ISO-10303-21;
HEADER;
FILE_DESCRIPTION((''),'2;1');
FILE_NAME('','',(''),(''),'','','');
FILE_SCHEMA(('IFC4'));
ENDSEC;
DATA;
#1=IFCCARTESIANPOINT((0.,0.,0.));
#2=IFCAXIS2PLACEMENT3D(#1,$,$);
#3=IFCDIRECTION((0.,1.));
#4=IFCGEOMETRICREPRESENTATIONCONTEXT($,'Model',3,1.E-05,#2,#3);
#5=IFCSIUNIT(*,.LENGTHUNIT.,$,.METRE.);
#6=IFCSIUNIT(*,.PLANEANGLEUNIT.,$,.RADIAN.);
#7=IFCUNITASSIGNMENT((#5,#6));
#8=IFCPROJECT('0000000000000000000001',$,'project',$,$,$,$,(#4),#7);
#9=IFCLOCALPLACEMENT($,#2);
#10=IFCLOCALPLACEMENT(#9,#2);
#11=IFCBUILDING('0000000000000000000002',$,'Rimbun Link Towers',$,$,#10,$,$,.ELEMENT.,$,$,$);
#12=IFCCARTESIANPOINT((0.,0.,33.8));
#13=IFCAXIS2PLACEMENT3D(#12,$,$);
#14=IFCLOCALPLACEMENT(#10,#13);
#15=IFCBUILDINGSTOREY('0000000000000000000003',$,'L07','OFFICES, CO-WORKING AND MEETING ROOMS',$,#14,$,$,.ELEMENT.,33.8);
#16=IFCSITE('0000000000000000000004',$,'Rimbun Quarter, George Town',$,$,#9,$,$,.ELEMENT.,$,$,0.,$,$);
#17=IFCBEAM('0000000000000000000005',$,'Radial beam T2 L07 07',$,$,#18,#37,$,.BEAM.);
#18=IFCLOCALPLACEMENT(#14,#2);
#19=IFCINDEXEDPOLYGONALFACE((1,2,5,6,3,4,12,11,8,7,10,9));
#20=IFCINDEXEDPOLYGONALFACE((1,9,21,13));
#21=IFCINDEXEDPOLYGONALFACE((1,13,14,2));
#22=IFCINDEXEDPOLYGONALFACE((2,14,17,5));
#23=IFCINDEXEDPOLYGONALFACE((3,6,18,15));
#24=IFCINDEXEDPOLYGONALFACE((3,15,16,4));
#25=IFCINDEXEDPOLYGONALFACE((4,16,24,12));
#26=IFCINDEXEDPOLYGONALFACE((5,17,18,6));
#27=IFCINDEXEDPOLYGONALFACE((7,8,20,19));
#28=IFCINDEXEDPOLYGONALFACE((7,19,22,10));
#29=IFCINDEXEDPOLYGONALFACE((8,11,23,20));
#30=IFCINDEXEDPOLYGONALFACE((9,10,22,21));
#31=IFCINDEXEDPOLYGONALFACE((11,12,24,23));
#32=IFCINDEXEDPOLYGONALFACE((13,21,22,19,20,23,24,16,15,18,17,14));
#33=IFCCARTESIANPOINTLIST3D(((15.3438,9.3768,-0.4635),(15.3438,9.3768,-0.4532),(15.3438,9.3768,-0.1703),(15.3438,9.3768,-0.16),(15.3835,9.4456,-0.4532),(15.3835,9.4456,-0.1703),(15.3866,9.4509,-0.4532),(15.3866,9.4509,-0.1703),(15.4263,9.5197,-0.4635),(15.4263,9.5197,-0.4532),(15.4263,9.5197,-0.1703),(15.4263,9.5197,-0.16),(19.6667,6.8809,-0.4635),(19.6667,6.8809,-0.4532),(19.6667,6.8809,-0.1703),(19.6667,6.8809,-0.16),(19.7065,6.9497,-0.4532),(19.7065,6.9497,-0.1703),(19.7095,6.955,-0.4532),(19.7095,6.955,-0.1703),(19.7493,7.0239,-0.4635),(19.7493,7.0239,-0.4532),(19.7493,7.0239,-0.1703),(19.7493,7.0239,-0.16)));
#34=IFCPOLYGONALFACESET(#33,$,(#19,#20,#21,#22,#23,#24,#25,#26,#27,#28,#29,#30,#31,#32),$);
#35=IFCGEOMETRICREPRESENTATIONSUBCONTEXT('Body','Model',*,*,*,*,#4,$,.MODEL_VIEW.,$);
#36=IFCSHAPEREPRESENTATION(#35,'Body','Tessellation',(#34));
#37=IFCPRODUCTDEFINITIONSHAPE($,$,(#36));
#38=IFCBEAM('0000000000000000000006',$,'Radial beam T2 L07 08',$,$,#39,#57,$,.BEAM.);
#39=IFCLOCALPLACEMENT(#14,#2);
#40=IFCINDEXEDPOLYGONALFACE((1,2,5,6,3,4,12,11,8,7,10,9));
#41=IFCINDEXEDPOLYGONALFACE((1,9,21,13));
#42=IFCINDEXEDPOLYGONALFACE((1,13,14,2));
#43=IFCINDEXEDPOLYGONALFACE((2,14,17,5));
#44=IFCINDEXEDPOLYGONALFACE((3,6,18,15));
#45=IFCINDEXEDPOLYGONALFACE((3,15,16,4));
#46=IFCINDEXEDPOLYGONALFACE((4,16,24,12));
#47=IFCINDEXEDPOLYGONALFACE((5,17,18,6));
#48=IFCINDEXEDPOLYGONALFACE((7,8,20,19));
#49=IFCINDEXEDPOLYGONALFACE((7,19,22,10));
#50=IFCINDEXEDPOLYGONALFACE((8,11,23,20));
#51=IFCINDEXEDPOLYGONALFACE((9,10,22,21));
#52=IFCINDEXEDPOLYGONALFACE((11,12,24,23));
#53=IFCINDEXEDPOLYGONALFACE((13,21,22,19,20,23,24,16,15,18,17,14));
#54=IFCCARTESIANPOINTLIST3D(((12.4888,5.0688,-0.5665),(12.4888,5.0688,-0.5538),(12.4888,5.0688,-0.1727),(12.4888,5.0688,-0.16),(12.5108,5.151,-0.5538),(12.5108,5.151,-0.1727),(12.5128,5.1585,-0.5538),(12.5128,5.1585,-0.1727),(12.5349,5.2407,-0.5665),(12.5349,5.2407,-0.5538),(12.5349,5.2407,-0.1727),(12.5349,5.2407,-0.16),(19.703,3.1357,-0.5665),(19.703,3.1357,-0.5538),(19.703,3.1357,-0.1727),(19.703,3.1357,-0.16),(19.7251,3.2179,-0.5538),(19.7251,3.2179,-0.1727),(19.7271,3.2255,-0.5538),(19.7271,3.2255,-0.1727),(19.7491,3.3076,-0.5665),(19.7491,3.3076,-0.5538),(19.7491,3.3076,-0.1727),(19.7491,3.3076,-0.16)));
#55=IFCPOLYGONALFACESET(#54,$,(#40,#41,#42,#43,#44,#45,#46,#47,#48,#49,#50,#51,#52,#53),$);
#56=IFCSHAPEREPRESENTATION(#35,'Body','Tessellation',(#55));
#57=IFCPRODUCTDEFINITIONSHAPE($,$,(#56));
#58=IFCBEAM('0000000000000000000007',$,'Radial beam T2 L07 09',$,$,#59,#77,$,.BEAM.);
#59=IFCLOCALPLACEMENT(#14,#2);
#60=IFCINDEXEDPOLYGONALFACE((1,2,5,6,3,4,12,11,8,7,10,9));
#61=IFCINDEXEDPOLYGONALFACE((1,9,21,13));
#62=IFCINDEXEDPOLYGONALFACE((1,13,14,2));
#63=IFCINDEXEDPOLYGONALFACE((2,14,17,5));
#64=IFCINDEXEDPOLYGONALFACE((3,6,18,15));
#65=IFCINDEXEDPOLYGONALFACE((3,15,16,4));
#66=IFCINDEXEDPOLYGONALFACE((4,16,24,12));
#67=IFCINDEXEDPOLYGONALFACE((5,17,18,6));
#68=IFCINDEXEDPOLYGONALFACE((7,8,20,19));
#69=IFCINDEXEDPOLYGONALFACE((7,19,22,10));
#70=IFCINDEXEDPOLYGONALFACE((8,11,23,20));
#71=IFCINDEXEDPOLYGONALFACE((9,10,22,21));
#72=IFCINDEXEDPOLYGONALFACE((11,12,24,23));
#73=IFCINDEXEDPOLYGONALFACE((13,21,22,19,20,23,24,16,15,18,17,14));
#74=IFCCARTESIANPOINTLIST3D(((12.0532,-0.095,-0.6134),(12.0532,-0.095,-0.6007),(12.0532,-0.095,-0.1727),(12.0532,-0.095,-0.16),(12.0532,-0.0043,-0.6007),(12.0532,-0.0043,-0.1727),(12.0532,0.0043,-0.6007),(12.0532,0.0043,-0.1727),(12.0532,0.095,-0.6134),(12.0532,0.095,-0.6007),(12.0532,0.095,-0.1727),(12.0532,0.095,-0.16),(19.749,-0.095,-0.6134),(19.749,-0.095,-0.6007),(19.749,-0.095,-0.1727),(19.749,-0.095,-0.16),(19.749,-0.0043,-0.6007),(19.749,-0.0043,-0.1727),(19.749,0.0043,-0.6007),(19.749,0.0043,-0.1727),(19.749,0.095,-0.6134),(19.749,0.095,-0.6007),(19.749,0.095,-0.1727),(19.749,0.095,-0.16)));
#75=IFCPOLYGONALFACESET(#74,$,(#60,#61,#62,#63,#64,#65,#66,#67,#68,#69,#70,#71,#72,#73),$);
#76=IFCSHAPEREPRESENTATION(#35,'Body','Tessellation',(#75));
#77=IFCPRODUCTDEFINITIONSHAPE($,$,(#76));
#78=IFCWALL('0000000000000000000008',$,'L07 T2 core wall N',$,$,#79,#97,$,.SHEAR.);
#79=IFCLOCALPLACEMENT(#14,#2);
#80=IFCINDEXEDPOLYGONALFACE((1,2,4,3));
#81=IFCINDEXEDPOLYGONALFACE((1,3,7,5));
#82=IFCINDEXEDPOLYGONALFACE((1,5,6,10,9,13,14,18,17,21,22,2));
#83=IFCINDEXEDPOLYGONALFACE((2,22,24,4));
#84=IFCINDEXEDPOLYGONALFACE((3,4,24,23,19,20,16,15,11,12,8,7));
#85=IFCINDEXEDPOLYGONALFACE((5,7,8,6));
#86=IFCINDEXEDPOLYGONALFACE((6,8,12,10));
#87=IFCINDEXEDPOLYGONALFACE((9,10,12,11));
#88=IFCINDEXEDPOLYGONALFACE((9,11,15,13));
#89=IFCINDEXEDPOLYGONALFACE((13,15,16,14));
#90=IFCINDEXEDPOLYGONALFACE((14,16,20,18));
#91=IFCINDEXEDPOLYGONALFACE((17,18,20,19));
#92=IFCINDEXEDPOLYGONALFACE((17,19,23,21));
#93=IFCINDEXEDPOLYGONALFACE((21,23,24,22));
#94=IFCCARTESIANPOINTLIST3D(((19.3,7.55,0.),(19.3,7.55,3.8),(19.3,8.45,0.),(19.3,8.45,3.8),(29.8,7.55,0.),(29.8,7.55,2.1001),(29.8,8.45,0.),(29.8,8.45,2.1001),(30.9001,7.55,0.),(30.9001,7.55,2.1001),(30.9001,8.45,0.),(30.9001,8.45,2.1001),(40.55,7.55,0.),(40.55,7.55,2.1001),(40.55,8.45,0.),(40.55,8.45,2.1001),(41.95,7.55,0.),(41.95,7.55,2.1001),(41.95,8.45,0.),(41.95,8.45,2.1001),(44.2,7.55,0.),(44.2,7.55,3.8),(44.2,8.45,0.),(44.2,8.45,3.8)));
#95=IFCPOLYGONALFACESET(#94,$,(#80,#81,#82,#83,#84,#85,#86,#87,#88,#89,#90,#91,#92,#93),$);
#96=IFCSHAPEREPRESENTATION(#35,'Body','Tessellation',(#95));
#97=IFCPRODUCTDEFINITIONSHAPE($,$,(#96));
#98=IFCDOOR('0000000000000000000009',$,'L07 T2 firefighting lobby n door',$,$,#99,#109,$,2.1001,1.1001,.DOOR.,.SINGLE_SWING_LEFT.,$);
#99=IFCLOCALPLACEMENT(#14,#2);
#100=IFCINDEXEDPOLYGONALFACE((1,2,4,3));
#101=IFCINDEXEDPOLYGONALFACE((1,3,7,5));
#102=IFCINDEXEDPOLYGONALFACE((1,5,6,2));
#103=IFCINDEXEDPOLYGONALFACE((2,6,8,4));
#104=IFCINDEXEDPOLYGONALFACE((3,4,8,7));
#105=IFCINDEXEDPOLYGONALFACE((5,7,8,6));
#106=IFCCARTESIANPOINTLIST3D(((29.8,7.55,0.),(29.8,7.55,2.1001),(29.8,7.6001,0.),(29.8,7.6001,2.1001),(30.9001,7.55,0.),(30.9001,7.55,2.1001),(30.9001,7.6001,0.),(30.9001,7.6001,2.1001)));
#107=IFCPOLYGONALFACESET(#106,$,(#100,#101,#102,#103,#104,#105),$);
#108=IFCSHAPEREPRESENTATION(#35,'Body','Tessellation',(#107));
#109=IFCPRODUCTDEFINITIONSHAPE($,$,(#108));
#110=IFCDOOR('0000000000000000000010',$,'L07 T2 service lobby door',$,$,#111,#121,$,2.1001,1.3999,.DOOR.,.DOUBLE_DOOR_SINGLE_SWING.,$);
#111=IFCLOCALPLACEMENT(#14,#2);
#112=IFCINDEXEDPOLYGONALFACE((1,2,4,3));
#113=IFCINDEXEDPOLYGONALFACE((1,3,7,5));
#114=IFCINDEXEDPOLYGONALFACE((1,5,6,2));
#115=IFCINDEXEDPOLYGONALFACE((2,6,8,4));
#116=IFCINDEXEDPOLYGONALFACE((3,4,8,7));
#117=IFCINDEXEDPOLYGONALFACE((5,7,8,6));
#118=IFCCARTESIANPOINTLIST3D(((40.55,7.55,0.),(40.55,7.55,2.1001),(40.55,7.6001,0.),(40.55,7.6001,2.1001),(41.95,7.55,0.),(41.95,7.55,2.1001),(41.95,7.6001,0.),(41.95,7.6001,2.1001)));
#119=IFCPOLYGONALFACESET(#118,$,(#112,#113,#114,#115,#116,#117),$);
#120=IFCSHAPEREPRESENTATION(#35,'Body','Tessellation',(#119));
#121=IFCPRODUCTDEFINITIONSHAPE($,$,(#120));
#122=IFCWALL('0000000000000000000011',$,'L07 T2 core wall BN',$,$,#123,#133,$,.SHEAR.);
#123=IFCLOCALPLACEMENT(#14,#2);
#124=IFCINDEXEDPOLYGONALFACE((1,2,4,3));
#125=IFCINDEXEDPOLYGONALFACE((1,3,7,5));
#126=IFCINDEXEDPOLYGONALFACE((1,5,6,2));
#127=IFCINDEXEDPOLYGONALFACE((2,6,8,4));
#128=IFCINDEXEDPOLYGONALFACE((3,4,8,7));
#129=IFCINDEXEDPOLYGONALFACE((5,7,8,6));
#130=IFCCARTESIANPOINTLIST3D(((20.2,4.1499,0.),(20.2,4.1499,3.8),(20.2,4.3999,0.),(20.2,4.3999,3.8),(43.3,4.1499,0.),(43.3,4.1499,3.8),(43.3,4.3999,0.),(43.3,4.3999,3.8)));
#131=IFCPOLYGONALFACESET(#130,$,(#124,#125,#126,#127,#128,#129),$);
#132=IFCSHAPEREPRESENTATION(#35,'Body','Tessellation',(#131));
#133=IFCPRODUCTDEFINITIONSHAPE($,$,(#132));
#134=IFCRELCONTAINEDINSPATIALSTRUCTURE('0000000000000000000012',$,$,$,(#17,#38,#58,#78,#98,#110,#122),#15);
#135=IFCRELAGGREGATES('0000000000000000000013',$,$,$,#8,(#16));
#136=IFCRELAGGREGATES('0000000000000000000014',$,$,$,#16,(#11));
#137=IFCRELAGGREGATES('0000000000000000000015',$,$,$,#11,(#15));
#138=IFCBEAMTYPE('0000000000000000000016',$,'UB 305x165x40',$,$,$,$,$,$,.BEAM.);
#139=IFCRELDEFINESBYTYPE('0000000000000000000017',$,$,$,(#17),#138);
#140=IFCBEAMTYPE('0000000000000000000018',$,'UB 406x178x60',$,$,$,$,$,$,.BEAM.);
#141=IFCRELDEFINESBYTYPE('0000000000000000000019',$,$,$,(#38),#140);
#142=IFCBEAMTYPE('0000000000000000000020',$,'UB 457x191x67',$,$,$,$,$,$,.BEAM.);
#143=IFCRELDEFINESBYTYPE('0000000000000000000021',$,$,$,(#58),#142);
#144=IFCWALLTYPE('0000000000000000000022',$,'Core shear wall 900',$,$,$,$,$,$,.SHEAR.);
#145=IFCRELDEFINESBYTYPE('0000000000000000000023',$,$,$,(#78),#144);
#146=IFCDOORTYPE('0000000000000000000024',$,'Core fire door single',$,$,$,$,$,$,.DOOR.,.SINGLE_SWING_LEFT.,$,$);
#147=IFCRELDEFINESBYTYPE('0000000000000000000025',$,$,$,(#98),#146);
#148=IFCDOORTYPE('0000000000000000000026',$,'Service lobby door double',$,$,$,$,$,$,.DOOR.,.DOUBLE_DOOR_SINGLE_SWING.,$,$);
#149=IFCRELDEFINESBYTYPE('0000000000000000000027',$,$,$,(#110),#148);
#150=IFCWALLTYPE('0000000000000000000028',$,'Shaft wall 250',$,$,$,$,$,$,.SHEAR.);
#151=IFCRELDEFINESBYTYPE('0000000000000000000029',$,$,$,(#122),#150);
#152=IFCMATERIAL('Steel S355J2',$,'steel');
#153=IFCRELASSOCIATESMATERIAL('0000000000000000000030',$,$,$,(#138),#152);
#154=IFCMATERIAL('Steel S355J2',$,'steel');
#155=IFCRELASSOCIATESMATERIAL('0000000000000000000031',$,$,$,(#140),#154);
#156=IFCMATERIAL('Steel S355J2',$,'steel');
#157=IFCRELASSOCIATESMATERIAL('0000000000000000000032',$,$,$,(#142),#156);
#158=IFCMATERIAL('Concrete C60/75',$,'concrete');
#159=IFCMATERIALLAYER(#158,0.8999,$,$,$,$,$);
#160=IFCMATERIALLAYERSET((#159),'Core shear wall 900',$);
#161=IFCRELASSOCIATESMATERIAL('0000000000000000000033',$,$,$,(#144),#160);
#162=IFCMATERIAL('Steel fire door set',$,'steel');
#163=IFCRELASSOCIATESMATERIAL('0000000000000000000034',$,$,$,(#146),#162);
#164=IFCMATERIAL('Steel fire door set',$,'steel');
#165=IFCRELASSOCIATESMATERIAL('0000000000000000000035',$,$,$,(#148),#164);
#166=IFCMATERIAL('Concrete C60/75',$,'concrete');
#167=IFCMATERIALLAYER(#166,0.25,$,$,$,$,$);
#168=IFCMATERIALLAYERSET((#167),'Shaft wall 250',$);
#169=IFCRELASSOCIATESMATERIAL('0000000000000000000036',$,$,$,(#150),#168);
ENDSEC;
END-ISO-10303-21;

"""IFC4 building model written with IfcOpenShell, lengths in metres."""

from ifc_helpers import new_model, si_unit, direction, frame, frame_2d, origin, origin_2d, place, context, subcontext, project, spatial, rectangle, i_section, extrude, material, layer, layer_set, material_profile, profile_set, type_object, element, fill, save


model = new_model("IFC4")

# Units and contexts
model_context = context("Model", 3, precision=1e-05, world=origin(), true_north=direction((0.0, 1.0)))
body_context = subcontext(model_context, "Body", "Model", "MODEL_VIEW")
ifc_project = project(units=[si_unit("LENGTHUNIT", "METRE"), si_unit("PLANEANGLEUNIT", "RADIAN")], contexts=[model_context])

# Site, building, storey
site_placement = place(None, origin())
site = spatial("IfcSite", under=ifc_project, at=site_placement, Name="Rimbun Quarter, George Town", CompositionType="ELEMENT", RefElevation=0.0)
building_placement = place(site_placement, origin())
building = spatial("IfcBuilding", under=site, at=building_placement, Name="Rimbun Link Towers", CompositionType="ELEMENT")
storey_placement = place(building_placement, frame((0.0, 0.0, 33.8)))
storey = spatial("IfcBuildingStorey", under=building, at=storey_placement, Name="L07", Description="OFFICES, CO-WORKING AND MEETING ROOMS", CompositionType="ELEMENT", Elevation=33.8)

# Beams
ifc_material_1 = material(Name="Steel S355J2", Category="steel")
ifc_material_profile_1 = material_profile(ifc_material_1, i_section(OverallWidth=0.165, OverallDepth=0.3035, WebThickness=0.0061, FlangeThickness=0.0103, at=origin_2d()), Name="UB 305x165x40")
ifc_profile_set_1 = profile_set([ifc_material_profile_1], Name="Steel S355J2")
beam_type_1 = type_object("IfcBeamType", Name="UB 305x165x40", PredefinedType="BEAM", material=ifc_profile_set_1)
beam_1_placement = place(storey_placement, frame((19.708, 6.9524, -0.3118), z_axis=(-0.866028, 0.499995, 0.0), x_axis=(-0.499995, -0.866028, 0.0)))
element("IfcBeam", 1, at=beam_1_placement, inside=storey, type_object=beam_type_1, Name="Radial beam T2 L07 07", PredefinedType="BEAM", context=body_context, shape_type="SweptSolid", body=[
    extrude(i_section(OverallWidth=0.165, OverallDepth=0.3035, WebThickness=0.0061, FlangeThickness=0.0103, at=origin_2d()), origin(), (0.0, 0.0, 1.0), 4.9917),
])
ifc_material_2 = material(Name="Steel S355J2", Category="steel")
ifc_material_profile_2 = material_profile(ifc_material_2, i_section(OverallWidth=0.178, OverallDepth=0.4065, WebThickness=0.0078, FlangeThickness=0.0127, at=origin_2d()), Name="UB 406x178x60")
ifc_profile_set_2 = profile_set([ifc_material_profile_2], Name="Steel S355J2")
beam_type_2 = type_object("IfcBeamType", Name="UB 406x178x60", PredefinedType="BEAM", material=ifc_profile_set_2)
beam_2_placement = place(storey_placement, frame((19.7261, 3.2217, -0.3633), z_axis=(-0.965925, 0.258822, 0.0), x_axis=(-0.258822, -0.965925, 0.0)))
element("IfcBeam", 2, at=beam_2_placement, inside=storey, type_object=beam_type_2, Name="Radial beam T2 L07 08", PredefinedType="BEAM", context=body_context, shape_type="SweptSolid", body=[
    extrude(i_section(OverallWidth=0.178, OverallDepth=0.4065, WebThickness=0.0078, FlangeThickness=0.0127, at=origin_2d()), origin(), (0.0, 0.0, 1.0), 7.4688),
])
ifc_material_3 = material(Name="Steel S355J2", Category="steel")
ifc_material_profile_3 = material_profile(ifc_material_3, i_section(OverallWidth=0.1899, OverallDepth=0.4534, WebThickness=0.0085, FlangeThickness=0.0127, at=origin_2d()), Name="UB 457x191x67")
ifc_profile_set_3 = profile_set([ifc_material_profile_3], Name="Steel S355J2")
beam_type_3 = type_object("IfcBeamType", Name="UB 457x191x67", PredefinedType="BEAM", material=ifc_profile_set_3)
beam_3_placement = place(storey_placement, frame((19.749, 0.0, -0.3867), z_axis=(-1.0, 0.0, 0.0), x_axis=(0.0, -1.0, 0.0)))
element("IfcBeam", 3, at=beam_3_placement, inside=storey, type_object=beam_type_3, Name="Radial beam T2 L07 09", PredefinedType="BEAM", context=body_context, shape_type="SweptSolid", body=[
    extrude(i_section(OverallWidth=0.1899, OverallDepth=0.4534, WebThickness=0.0085, FlangeThickness=0.0127, at=origin_2d()), origin(), (0.0, 0.0, 1.0), 7.6958),
])

# Wall, openings, doors
ifc_material_4 = material(Name="Concrete C60/75", Category="concrete")
ifc_layer_1 = layer(ifc_material_4, 0.8999)
ifc_layer_set_1 = layer_set([ifc_layer_1], Name="Core shear wall 900")
wall_type_1 = type_object("IfcWallType", Name="Core shear wall 900", PredefinedType="SHEAR", material=ifc_layer_set_1)
wall_1_placement = place(storey_placement, frame((19.3, 8.0, 0.0), z_axis=(0.0, 0.0, 1.0), x_axis=(1.0, 0.0, 0.0)))
wall_1 = element("IfcWall", 4, at=wall_1_placement, inside=storey, type_object=wall_type_1, Name="L07 T2 core wall N", PredefinedType="SHEAR", context=body_context, shape_type="SweptSolid", body=[
    extrude(rectangle(XDim=24.8999, YDim=0.8999, at=frame_2d((12.45, 0.0))), origin(), (0.0, 0.0, 1.0), 3.8),
])
opening_1_placement = place(wall_1_placement, frame((10.5, 0.0, 0.0)))
opening_1 = element("IfcOpeningElement", 5, at=opening_1_placement, cuts=wall_1, PredefinedType="OPENING", context=body_context, shape_type="SweptSolid", body=[
    extrude(rectangle(XDim=1.1001, YDim=2.1001, at=frame_2d((0.55, 1.05))), frame((0.0, 0.46, 0.0), z_axis=(0.0, -1.0, 0.0), x_axis=(1.0, 0.0, 0.0)), (0.0, 0.0, 1.0), 0.9199),
])
opening_2_placement = place(wall_1_placement, frame((21.25, 0.0, 0.0)))
opening_2 = element("IfcOpeningElement", 6, at=opening_2_placement, cuts=wall_1, PredefinedType="OPENING", context=body_context, shape_type="SweptSolid", body=[
    extrude(rectangle(XDim=1.3999, YDim=2.1001, at=frame_2d((0.7, 1.05))), frame((0.0, 0.46, 0.0), z_axis=(0.0, -1.0, 0.0), x_axis=(1.0, 0.0, 0.0)), (0.0, 0.0, 1.0), 0.9199),
])
ifc_material_5 = material(Name="Steel fire door set", Category="steel")
door_type_1 = type_object("IfcDoorType", Name="Core fire door single", OperationType="SINGLE_SWING_LEFT", PredefinedType="DOOR", material=ifc_material_5)
door_1_placement = place(opening_1_placement, origin())
door_1 = element("IfcDoor", 7, at=door_1_placement, inside=storey, type_object=door_type_1, Name="L07 T2 firefighting lobby n door", OperationType="SINGLE_SWING_LEFT", OverallHeight=2.1001, OverallWidth=1.1001, PredefinedType="DOOR", context=body_context, shape_type="SweptSolid", body=[
    extrude(rectangle(XDim=1.1001, YDim=2.1001, at=frame_2d((0.55, 1.05))), frame((0.0, -0.3999, 0.0), z_axis=(0.0, -1.0, 0.0), x_axis=(1.0, 0.0, 0.0)), (0.0, 0.0, 1.0), 0.05),
])
fill(opening_1, door_1)
ifc_material_6 = material(Name="Steel fire door set", Category="steel")
door_type_2 = type_object("IfcDoorType", Name="Service lobby door double", OperationType="DOUBLE_DOOR_SINGLE_SWING", PredefinedType="DOOR", material=ifc_material_6)
door_2_placement = place(opening_2_placement, origin())
door_2 = element("IfcDoor", 8, at=door_2_placement, inside=storey, type_object=door_type_2, Name="L07 T2 service lobby door", OperationType="DOUBLE_DOOR_SINGLE_SWING", OverallHeight=2.1001, OverallWidth=1.3999, PredefinedType="DOOR", context=body_context, shape_type="SweptSolid", body=[
    extrude(rectangle(XDim=1.3999, YDim=2.1001, at=frame_2d((0.7, 1.05))), frame((0.0, -0.3999, 0.0), z_axis=(0.0, -1.0, 0.0), x_axis=(1.0, 0.0, 0.0)), (0.0, 0.0, 1.0), 0.05),
])
fill(opening_2, door_2)

# Wall
ifc_material_7 = material(Name="Concrete C60/75", Category="concrete")
ifc_layer_2 = layer(ifc_material_7, 0.25)
ifc_layer_set_2 = layer_set([ifc_layer_2], Name="Shaft wall 250")
wall_type_2 = type_object("IfcWallType", Name="Shaft wall 250", PredefinedType="SHEAR", material=ifc_layer_set_2)
wall_2_placement = place(storey_placement, frame((20.2, 4.2749, 0.0), z_axis=(0.0, 0.0, 1.0), x_axis=(1.0, 0.0, 0.0)))
element("IfcWall", 9, at=wall_2_placement, inside=storey, type_object=wall_type_2, Name="L07 T2 core wall BN", PredefinedType="SHEAR", context=body_context, shape_type="SweptSolid", body=[
    extrude(rectangle(XDim=23.1001, YDim=0.25, at=frame_2d((11.55, 0.0))), origin(), (0.0, 0.0, 1.0), 3.8),
])

save(model, "model.ifc")
